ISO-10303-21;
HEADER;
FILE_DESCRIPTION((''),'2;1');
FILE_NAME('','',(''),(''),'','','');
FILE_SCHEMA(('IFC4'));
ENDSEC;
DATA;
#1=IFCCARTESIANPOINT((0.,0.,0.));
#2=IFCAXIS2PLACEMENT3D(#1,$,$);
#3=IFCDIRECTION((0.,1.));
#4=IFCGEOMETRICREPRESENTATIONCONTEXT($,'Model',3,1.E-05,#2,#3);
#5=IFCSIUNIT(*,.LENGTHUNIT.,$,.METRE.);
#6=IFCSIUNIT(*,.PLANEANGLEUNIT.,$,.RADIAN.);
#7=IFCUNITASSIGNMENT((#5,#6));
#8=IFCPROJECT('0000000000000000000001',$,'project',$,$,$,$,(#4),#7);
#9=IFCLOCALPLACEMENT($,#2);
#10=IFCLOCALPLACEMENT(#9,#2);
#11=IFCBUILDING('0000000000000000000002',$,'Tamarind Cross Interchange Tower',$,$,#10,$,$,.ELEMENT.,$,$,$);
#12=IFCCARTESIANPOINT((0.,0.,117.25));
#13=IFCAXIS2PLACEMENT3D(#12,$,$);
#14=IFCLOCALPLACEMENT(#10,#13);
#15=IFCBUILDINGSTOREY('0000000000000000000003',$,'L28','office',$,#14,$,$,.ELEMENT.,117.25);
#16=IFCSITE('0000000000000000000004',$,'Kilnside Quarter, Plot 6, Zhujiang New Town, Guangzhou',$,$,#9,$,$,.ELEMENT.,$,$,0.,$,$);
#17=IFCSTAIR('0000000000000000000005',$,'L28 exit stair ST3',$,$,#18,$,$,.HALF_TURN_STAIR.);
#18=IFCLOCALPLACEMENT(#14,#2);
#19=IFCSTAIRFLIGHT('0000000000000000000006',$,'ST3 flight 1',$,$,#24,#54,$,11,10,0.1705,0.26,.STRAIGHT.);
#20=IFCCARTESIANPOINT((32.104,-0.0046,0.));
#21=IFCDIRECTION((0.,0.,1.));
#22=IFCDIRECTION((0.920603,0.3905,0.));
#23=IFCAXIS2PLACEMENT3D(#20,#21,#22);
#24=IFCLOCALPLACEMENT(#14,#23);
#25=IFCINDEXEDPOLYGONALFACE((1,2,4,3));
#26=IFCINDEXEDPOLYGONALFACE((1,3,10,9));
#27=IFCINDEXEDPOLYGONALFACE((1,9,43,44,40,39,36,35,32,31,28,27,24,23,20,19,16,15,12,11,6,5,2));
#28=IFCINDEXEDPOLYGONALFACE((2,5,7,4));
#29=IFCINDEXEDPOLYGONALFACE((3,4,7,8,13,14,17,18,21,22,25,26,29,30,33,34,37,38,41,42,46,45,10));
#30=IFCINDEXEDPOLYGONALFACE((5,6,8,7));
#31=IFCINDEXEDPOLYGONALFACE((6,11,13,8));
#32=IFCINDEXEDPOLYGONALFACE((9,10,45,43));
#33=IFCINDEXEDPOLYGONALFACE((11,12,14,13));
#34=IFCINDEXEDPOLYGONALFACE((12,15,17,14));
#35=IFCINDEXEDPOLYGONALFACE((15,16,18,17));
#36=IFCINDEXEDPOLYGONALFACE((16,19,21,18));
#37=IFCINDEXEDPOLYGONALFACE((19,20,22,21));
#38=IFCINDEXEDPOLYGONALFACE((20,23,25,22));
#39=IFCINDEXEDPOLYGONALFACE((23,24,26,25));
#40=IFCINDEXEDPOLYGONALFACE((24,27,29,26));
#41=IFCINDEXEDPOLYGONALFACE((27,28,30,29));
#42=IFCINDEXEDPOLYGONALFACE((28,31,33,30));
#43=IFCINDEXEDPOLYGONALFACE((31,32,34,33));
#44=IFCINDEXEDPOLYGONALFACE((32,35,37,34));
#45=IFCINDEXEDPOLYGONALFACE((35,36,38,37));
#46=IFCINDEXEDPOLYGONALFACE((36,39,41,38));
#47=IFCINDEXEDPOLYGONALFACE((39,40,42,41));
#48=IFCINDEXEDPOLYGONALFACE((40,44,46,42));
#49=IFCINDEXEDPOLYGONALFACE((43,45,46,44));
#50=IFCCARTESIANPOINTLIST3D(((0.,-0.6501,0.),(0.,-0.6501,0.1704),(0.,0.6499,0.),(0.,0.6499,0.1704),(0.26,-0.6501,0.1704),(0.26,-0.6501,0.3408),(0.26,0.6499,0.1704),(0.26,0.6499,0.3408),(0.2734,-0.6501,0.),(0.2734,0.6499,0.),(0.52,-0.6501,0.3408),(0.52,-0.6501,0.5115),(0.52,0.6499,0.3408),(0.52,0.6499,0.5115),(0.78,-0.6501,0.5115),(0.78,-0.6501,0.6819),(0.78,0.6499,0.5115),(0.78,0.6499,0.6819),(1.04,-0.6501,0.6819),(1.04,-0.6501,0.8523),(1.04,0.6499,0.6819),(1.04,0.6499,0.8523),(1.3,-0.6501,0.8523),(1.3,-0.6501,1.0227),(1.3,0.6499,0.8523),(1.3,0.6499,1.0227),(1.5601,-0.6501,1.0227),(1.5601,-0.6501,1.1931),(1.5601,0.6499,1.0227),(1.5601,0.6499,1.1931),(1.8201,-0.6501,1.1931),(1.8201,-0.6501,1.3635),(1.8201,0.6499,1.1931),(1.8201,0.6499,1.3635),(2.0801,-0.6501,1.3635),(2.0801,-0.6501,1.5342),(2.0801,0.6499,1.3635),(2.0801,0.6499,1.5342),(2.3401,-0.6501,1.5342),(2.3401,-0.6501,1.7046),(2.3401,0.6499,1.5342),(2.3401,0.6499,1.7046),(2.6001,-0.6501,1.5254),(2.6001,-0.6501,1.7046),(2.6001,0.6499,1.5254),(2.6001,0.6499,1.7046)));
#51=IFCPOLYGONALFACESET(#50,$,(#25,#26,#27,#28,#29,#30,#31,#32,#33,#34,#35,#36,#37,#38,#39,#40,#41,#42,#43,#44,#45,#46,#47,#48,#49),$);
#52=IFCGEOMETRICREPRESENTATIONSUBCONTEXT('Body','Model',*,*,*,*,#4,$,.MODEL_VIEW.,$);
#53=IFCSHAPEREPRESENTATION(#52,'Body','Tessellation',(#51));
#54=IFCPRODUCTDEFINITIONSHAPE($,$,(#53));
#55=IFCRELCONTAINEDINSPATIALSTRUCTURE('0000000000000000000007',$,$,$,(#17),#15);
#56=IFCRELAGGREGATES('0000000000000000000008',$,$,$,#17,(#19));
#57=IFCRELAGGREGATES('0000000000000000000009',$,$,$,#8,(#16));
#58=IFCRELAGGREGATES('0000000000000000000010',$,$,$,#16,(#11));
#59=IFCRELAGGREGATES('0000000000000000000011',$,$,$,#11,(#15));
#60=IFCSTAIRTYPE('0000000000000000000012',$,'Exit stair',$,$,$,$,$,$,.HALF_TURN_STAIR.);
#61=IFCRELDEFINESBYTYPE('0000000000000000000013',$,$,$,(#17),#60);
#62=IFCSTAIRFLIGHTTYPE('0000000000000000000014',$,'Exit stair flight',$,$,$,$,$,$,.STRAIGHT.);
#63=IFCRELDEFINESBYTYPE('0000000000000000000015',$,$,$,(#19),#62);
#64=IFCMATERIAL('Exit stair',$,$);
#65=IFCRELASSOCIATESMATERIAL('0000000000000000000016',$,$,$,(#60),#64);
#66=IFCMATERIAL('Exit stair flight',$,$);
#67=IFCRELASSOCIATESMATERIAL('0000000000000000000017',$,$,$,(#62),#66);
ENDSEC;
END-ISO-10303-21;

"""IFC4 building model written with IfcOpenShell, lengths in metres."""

from ifc_helpers import new_model, si_unit, direction, frame, origin, place, context, subcontext, project, spatial, polyline, outline, extrude, material, type_object, element, aggregate, save


model = new_model("IFC4")

# Units and contexts
model_context = context("Model", 3, precision=1e-05, world=origin(), true_north=direction((0.0, 1.0)))
body_context = subcontext(model_context, "Body", "Model", "MODEL_VIEW")
ifc_project = project(units=[si_unit("LENGTHUNIT", "METRE"), si_unit("PLANEANGLEUNIT", "RADIAN")], contexts=[model_context])

# Site, building, storey
site_placement = place(None, origin())
site = spatial("IfcSite", under=ifc_project, at=site_placement, Name="Kilnside Quarter, Plot 6, Zhujiang New Town, Guangzhou", CompositionType="ELEMENT", RefElevation=0.0)
building_placement = place(site_placement, origin())
building = spatial("IfcBuilding", under=site, at=building_placement, Name="Tamarind Cross Interchange Tower", CompositionType="ELEMENT")
storey_placement = place(building_placement, frame((0.0, 0.0, 117.25)))
storey = spatial("IfcBuildingStorey", under=building, at=storey_placement, Name="L28", Description="office", CompositionType="ELEMENT", Elevation=117.25)

# Stair, stair flight
ifc_material_1 = material(Name="Exit stair")
stair_type = type_object("IfcStairType", Name="Exit stair", PredefinedType="HALF_TURN_STAIR", material=ifc_material_1)
stair_placement = place(storey_placement, origin())
stair = element("IfcStair", 1, at=stair_placement, inside=storey, type_object=stair_type, Name="L28 exit stair ST3", PredefinedType="HALF_TURN_STAIR")
ifc_material_2 = material(Name="Exit stair flight")
stair_flight_type = type_object("IfcStairFlightType", Name="Exit stair flight", PredefinedType="STRAIGHT", material=ifc_material_2)
stair_flight_placement = place(storey_placement, frame((32.104, -0.0046, 0.0), z_axis=(0.0, 0.0, 1.0), x_axis=(0.920603, 0.3905, 0.0)))
stair_flight = element("IfcStairFlight", 2, at=stair_flight_placement, type_object=stair_flight_type, Name="ST3 flight 1", NumberOfRisers=11, NumberOfTreads=10, PredefinedType="STRAIGHT", RiserHeight=0.1705, TreadLength=0.26, context=body_context, shape_type="SweptSolid", body=[
    extrude(outline(polyline([(0.0, 0.0), (0.0, 0.1704), (0.26, 0.1704), (0.26, 0.3408), (0.52, 0.3408), (0.52, 0.5115), (0.78, 0.5115), (0.78, 0.6819), (1.04, 0.6819), (1.04, 0.8523), (1.3, 0.8523), (1.3, 1.0227), (1.5601, 1.0227), (1.5601, 1.1931), (1.8201, 1.1931), (1.8201, 1.3635), (2.0801, 1.3635), (2.0801, 1.5342), (2.3401, 1.5342), (2.3401, 1.7046), (2.6001, 1.7046), (2.6001, 1.875), (2.6001, 1.5254), (0.2734, 0.0), (0.0, 0.0)])), frame((0.0, 0.6499, 0.0), z_axis=(0.0, -1.0, 0.0), x_axis=(1.0, 0.0, 0.0)), (0.0, 0.0, 1.0), 1.3),
])
aggregate(stair, [stair_flight])

save(model, "model.ifc")
